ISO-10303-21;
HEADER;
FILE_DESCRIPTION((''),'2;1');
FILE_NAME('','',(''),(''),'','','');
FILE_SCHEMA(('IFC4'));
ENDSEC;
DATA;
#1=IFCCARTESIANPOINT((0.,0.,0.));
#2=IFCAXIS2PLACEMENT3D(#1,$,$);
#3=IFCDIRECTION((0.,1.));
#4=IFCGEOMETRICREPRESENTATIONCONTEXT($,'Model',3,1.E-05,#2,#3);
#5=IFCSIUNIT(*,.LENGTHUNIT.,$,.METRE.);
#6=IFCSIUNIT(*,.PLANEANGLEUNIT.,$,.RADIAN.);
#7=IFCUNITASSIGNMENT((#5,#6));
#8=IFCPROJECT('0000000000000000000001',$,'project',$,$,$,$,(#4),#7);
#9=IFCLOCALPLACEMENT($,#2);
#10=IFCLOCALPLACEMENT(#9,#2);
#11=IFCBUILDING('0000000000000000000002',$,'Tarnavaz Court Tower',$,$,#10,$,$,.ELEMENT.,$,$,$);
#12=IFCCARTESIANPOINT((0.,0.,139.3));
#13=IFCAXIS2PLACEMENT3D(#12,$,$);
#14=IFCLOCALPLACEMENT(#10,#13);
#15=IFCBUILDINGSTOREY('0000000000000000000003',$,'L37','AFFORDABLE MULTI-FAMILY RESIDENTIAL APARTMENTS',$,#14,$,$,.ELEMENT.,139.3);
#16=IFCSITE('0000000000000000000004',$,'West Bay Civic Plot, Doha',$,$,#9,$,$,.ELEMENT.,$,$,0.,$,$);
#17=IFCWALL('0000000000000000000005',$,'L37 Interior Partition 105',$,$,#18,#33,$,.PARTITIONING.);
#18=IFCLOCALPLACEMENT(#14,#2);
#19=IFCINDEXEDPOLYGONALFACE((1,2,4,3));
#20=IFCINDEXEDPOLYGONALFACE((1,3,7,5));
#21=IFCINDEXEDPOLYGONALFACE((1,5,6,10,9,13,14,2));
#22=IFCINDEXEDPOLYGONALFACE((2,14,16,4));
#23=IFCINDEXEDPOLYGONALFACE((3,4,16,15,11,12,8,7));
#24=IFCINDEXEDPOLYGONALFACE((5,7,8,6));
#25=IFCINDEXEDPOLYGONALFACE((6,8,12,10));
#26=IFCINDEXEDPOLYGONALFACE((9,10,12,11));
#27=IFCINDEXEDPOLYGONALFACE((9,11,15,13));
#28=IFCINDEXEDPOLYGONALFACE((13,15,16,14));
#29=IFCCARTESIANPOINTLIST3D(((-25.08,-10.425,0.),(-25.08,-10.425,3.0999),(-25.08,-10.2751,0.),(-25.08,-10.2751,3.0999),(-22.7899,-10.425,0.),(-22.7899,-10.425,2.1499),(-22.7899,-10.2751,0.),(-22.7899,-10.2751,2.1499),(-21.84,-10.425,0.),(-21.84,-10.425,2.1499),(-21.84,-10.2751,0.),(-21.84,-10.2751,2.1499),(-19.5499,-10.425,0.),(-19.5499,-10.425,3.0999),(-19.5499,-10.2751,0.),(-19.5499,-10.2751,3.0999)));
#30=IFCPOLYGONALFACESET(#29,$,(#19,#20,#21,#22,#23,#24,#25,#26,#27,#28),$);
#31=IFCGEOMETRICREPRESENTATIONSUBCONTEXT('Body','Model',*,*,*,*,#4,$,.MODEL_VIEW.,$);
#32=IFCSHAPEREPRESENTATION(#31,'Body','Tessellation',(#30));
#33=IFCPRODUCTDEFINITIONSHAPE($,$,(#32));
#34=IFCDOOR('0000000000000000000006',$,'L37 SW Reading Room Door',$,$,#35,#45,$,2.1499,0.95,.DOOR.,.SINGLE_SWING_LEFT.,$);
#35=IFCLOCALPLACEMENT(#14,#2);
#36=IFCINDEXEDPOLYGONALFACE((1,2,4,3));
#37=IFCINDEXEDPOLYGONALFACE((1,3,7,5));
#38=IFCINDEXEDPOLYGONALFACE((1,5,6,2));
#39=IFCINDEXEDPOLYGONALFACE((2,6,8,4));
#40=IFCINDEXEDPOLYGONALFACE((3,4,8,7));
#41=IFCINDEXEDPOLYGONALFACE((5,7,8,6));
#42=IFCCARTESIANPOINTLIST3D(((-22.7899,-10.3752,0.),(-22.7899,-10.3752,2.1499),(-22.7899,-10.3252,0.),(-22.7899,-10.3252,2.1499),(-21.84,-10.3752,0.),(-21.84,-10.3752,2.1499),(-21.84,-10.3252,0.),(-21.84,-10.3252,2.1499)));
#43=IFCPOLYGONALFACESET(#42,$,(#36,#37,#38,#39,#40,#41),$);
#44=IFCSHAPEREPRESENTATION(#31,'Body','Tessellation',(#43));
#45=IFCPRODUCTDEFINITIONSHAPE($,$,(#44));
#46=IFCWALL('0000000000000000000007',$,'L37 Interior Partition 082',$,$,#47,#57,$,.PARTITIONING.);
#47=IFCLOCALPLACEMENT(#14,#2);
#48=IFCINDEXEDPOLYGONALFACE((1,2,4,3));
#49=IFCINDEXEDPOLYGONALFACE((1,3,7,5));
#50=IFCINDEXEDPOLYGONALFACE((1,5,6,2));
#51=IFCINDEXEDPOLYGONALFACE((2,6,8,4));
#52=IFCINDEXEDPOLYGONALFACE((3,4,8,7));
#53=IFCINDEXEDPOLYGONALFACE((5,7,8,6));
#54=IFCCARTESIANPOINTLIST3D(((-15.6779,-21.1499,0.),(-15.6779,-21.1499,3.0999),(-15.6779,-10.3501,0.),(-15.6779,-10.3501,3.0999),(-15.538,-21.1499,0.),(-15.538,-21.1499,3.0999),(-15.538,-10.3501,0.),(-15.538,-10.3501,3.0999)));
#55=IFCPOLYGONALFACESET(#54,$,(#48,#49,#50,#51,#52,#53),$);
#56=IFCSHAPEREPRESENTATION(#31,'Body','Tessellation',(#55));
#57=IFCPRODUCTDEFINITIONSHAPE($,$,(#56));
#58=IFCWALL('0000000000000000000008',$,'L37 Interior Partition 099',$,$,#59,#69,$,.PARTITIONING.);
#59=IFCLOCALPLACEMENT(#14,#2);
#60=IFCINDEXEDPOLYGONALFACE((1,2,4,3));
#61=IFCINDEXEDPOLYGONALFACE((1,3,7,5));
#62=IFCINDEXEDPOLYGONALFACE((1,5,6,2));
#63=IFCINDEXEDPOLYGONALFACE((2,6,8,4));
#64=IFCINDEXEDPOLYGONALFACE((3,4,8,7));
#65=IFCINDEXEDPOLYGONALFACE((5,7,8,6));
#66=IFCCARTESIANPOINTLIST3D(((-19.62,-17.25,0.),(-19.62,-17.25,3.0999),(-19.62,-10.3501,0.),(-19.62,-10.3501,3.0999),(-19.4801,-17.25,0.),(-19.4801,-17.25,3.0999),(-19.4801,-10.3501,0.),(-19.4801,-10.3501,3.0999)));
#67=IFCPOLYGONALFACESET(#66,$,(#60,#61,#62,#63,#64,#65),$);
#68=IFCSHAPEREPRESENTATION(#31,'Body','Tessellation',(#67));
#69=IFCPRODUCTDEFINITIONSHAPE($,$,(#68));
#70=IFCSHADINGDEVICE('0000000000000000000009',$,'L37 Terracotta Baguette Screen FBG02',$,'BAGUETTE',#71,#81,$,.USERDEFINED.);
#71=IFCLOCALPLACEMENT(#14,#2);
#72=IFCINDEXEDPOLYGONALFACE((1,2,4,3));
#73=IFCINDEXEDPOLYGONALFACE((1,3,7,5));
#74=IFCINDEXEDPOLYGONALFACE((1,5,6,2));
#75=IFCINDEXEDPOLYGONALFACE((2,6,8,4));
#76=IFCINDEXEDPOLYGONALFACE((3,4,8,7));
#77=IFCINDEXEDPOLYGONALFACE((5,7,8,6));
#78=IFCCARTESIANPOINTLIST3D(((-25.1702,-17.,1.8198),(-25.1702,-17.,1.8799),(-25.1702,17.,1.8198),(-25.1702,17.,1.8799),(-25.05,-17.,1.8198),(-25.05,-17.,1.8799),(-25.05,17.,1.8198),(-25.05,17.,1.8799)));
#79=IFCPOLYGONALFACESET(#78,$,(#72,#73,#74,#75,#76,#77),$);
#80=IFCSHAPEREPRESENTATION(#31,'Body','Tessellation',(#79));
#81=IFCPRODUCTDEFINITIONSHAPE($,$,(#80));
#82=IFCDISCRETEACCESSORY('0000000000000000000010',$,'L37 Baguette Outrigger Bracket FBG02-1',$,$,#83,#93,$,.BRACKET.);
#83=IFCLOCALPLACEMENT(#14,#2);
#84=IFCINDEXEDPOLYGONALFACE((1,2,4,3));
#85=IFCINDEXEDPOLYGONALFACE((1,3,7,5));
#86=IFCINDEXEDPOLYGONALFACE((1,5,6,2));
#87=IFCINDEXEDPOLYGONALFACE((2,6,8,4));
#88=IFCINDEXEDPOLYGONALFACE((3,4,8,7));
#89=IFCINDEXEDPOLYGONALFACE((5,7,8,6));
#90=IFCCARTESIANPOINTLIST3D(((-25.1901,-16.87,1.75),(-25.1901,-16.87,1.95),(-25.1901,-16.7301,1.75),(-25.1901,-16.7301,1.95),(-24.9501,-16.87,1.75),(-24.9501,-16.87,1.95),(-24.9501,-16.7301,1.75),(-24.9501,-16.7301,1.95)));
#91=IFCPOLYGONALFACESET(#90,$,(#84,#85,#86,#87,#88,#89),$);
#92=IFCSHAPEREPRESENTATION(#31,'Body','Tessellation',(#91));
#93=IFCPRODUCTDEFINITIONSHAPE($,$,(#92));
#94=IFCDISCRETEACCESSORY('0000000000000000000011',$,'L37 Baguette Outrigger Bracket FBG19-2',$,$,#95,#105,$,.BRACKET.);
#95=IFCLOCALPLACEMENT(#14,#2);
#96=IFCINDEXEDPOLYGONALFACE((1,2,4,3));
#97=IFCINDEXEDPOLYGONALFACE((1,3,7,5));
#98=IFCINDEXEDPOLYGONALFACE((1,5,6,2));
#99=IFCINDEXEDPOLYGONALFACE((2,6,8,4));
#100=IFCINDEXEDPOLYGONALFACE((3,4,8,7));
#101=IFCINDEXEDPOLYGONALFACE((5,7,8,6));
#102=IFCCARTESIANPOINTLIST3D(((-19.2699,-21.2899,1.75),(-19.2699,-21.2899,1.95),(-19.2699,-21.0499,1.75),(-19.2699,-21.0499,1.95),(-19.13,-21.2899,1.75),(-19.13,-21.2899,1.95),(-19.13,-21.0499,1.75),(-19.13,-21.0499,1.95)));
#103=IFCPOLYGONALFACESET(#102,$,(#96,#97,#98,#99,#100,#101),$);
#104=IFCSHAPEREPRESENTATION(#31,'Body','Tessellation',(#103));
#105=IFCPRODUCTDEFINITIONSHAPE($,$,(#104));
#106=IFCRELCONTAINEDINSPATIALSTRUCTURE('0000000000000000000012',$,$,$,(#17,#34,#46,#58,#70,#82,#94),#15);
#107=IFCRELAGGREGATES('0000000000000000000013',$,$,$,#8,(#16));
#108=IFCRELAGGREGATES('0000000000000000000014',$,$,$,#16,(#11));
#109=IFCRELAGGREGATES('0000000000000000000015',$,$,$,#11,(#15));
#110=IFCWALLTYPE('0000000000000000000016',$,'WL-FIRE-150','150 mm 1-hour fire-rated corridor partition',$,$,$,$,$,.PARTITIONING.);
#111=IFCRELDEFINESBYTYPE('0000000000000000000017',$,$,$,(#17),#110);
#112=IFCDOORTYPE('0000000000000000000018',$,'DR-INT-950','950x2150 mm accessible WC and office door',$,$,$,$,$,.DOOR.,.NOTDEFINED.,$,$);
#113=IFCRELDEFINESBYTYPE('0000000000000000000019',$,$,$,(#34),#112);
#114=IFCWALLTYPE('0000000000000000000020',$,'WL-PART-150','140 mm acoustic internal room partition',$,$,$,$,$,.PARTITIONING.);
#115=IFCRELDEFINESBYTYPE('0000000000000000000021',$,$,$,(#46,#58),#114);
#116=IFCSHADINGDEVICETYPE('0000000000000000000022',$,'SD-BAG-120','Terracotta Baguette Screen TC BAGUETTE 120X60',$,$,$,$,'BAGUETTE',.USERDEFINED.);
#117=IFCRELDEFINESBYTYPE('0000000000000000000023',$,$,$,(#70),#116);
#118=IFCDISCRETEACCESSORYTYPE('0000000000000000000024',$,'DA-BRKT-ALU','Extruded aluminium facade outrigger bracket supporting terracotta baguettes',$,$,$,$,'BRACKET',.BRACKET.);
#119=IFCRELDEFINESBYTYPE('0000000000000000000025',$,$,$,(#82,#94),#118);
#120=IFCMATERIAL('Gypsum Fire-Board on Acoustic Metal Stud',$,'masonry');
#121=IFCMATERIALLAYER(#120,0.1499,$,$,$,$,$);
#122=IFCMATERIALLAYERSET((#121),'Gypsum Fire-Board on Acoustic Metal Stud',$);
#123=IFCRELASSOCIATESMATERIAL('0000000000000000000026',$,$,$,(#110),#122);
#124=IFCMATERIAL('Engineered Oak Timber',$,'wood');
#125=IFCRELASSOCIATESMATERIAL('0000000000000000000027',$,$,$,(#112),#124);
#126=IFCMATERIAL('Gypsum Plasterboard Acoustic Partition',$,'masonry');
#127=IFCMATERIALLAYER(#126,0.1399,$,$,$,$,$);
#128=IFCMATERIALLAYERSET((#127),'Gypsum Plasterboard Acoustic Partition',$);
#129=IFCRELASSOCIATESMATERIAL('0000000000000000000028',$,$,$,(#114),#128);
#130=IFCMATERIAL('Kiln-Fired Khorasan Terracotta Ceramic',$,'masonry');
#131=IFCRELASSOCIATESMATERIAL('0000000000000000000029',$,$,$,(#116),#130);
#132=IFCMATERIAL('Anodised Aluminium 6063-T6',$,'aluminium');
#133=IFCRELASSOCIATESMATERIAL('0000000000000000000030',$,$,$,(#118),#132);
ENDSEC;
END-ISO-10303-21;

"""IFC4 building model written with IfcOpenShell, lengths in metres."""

from ifc_helpers import new_model, si_unit, direction, frame, frame_2d, origin, origin_2d, place, context, subcontext, project, spatial, rectangle, extrude, material, layer, layer_set, material_profile, profile_set, type_object, element, fill, save


model = new_model("IFC4")

# Units and contexts
model_context = context("Model", 3, precision=1e-05, world=origin(), true_north=direction((0.0, 1.0)))
body_context = subcontext(model_context, "Body", "Model", "MODEL_VIEW")
ifc_project = project(units=[si_unit("LENGTHUNIT", "METRE"), si_unit("PLANEANGLEUNIT", "RADIAN")], contexts=[model_context])

# Site, building, storey
site_placement = place(None, origin())
site = spatial("IfcSite", under=ifc_project, at=site_placement, Name="West Bay Civic Plot, Doha", CompositionType="ELEMENT", RefElevation=0.0)
building_placement = place(site_placement, origin())
building = spatial("IfcBuilding", under=site, at=building_placement, Name="Tarnavaz Court Tower", CompositionType="ELEMENT")
storey_placement = place(building_placement, frame((0.0, 0.0, 139.3)))
storey = spatial("IfcBuildingStorey", under=building, at=storey_placement, Name="L37", Description="AFFORDABLE MULTI-FAMILY RESIDENTIAL APARTMENTS", CompositionType="ELEMENT", Elevation=139.3)

# Wall, opening, door
ifc_material_1 = material(Name="Gypsum Fire-Board on Acoustic Metal Stud", Category="masonry")
ifc_layer_1 = layer(ifc_material_1, 0.1499)
ifc_layer_set_1 = layer_set([ifc_layer_1], Name="Gypsum Fire-Board on Acoustic Metal Stud")
wall_type_1 = type_object("IfcWallType", Name="WL-FIRE-150", Description="150 mm 1-hour fire-rated corridor partition", PredefinedType="PARTITIONING", material=ifc_layer_set_1)
wall_1_placement = place(storey_placement, frame((-25.0801, -10.3501, 0.0), z_axis=(0.0, 0.0, 1.0), x_axis=(1.0, 0.0, 0.0)))
wall_1 = element("IfcWall", 1, at=wall_1_placement, inside=storey, type_object=wall_type_1, Name="L37 Interior Partition 105", PredefinedType="PARTITIONING", context=body_context, shape_type="SweptSolid", body=[
    extrude(rectangle(XDim=5.53, YDim=0.1499, at=frame_2d((2.7651, 0.0))), origin(), (0.0, 0.0, 1.0), 3.0999),
])
opening_1_placement = place(wall_1_placement, frame((2.29, 0.0, 0.0)))
opening_1 = element("IfcOpeningElement", 2, at=opening_1_placement, cuts=wall_1, PredefinedType="OPENING", context=body_context, shape_type="SweptSolid", body=[
    extrude(rectangle(XDim=0.95, YDim=2.1499, at=frame_2d((0.4751, 1.075))), frame((0.0, 0.085, 0.0), z_axis=(0.0, -1.0, 0.0), x_axis=(1.0, 0.0, 0.0)), (0.0, 0.0, 1.0), 0.1699),
])
ifc_material_2 = material(Name="Engineered Oak Timber", Category="wood")
door_type = type_object("IfcDoorType", Name="DR-INT-950", Description="950x2150 mm accessible WC and office door", OperationType="NOTDEFINED", PredefinedType="DOOR", material=ifc_material_2)
door_placement = place(opening_1_placement, origin())
door = element("IfcDoor", 3, at=door_placement, inside=storey, type_object=door_type, Name="L37 SW Reading Room Door", OperationType="SINGLE_SWING_LEFT", OverallHeight=2.1499, OverallWidth=0.95, PredefinedType="DOOR", context=body_context, shape_type="SweptSolid", body=[
    extrude(rectangle(XDim=0.95, YDim=2.1499, at=frame_2d((0.4751, 1.075))), frame((0.0, 0.0249, 0.0), z_axis=(0.0, -1.0, 0.0), x_axis=(1.0, 0.0, 0.0)), (0.0, 0.0, 1.0), 0.05),
])
fill(opening_1, door)

# Walls
ifc_material_3 = material(Name="Gypsum Plasterboard Acoustic Partition", Category="masonry")
ifc_layer_2 = layer(ifc_material_3, 0.1399)
ifc_layer_set_2 = layer_set([ifc_layer_2], Name="Gypsum Plasterboard Acoustic Partition")
wall_type_2 = type_object("IfcWallType", Name="WL-PART-150", Description="140 mm acoustic internal room partition", PredefinedType="PARTITIONING", material=ifc_layer_set_2)
wall_2_placement = place(storey_placement, frame((-15.6079, -21.1499, 0.0), z_axis=(0.0, 0.0, 1.0), x_axis=(0.0, 1.0, 0.0)))
element("IfcWall", 4, at=wall_2_placement, inside=storey, type_object=wall_type_2, Name="L37 Interior Partition 082", PredefinedType="PARTITIONING", context=body_context, shape_type="SweptSolid", body=[
    extrude(rectangle(XDim=10.7998, YDim=0.1399, at=frame_2d((5.3999, 0.0))), origin(), (0.0, 0.0, 1.0), 3.0999),
])
wall_3_placement = place(storey_placement, frame((-19.55, -17.25, 0.0), z_axis=(0.0, 0.0, 1.0), x_axis=(0.0, 1.0, 0.0)))
element("IfcWall", 5, at=wall_3_placement, inside=storey, type_object=wall_type_2, Name="L37 Interior Partition 099", PredefinedType="PARTITIONING", context=body_context, shape_type="SweptSolid", body=[
    extrude(rectangle(XDim=6.8999, YDim=0.1399, at=frame_2d((3.45, 0.0))), origin(), (0.0, 0.0, 1.0), 3.0999),
])

# Shading device
ifc_material_4 = material(Name="Kiln-Fired Khorasan Terracotta Ceramic", Category="masonry")
ifc_material_profile_1 = material_profile(ifc_material_4, rectangle(XDim=0.1201, YDim=0.0601, at=origin_2d()), Name="TC BAGUETTE 120X60")
ifc_profile_set_1 = profile_set([ifc_material_profile_1], Name="Kiln-Fired Khorasan Terracotta Ceramic")
shading_device_type = type_object("IfcShadingDeviceType", Name="SD-BAG-120", Description="Terracotta Baguette Screen TC BAGUETTE 120X60", ElementType="BAGUETTE", PredefinedType="USERDEFINED", material=ifc_profile_set_1)
shading_device_placement = place(storey_placement, frame((-25.1101, -17.0, 1.8499), z_axis=(0.0, 1.0, 0.0), x_axis=(-1.0, 0.0, 0.0)))
element("IfcShadingDevice", 6, at=shading_device_placement, inside=storey, type_object=shading_device_type, Name="L37 Terracotta Baguette Screen FBG02", ObjectType="BAGUETTE", PredefinedType="USERDEFINED", context=body_context, shape_type="SweptSolid", body=[
    extrude(rectangle(XDim=0.1201, YDim=0.0601, at=origin_2d()), origin(), (0.0, 0.0, 1.0), 34.0),
])

# Discrete accessories
ifc_material_5 = material(Name="Anodised Aluminium 6063-T6", Category="aluminium")
discrete_accessory_type = type_object("IfcDiscreteAccessoryType", Name="DA-BRKT-ALU", Description="Extruded aluminium facade outrigger bracket supporting terracotta baguettes", ElementType="BRACKET", PredefinedType="BRACKET", material=ifc_material_5)
for number, where, z_axis, x_axis, name in (
    (7, (-25.0701, -16.8, 1.75), (0.0, 0.0, 1.0), (0.0, 1.0, 0.0), "L37 Baguette Outrigger Bracket FBG02-1"),
    (8, (-19.2, -21.1699, 1.75), (0.0, 0.0, 1.0), (-1.0, 0.0, 0.0), "L37 Baguette Outrigger Bracket FBG19-2"),
):
    element("IfcDiscreteAccessory", number, at=place(storey_placement, frame(where, z_axis=z_axis, x_axis=x_axis)), inside=storey, type_object=discrete_accessory_type, Name=name, PredefinedType="BRACKET", context=body_context, shape_type="SweptSolid", body=[
        extrude(rectangle(XDim=0.1399, YDim=0.24, at=origin_2d()), origin(), (0.0, 0.0, 1.0), 0.2),
    ])

save(model, "model.ifc")
